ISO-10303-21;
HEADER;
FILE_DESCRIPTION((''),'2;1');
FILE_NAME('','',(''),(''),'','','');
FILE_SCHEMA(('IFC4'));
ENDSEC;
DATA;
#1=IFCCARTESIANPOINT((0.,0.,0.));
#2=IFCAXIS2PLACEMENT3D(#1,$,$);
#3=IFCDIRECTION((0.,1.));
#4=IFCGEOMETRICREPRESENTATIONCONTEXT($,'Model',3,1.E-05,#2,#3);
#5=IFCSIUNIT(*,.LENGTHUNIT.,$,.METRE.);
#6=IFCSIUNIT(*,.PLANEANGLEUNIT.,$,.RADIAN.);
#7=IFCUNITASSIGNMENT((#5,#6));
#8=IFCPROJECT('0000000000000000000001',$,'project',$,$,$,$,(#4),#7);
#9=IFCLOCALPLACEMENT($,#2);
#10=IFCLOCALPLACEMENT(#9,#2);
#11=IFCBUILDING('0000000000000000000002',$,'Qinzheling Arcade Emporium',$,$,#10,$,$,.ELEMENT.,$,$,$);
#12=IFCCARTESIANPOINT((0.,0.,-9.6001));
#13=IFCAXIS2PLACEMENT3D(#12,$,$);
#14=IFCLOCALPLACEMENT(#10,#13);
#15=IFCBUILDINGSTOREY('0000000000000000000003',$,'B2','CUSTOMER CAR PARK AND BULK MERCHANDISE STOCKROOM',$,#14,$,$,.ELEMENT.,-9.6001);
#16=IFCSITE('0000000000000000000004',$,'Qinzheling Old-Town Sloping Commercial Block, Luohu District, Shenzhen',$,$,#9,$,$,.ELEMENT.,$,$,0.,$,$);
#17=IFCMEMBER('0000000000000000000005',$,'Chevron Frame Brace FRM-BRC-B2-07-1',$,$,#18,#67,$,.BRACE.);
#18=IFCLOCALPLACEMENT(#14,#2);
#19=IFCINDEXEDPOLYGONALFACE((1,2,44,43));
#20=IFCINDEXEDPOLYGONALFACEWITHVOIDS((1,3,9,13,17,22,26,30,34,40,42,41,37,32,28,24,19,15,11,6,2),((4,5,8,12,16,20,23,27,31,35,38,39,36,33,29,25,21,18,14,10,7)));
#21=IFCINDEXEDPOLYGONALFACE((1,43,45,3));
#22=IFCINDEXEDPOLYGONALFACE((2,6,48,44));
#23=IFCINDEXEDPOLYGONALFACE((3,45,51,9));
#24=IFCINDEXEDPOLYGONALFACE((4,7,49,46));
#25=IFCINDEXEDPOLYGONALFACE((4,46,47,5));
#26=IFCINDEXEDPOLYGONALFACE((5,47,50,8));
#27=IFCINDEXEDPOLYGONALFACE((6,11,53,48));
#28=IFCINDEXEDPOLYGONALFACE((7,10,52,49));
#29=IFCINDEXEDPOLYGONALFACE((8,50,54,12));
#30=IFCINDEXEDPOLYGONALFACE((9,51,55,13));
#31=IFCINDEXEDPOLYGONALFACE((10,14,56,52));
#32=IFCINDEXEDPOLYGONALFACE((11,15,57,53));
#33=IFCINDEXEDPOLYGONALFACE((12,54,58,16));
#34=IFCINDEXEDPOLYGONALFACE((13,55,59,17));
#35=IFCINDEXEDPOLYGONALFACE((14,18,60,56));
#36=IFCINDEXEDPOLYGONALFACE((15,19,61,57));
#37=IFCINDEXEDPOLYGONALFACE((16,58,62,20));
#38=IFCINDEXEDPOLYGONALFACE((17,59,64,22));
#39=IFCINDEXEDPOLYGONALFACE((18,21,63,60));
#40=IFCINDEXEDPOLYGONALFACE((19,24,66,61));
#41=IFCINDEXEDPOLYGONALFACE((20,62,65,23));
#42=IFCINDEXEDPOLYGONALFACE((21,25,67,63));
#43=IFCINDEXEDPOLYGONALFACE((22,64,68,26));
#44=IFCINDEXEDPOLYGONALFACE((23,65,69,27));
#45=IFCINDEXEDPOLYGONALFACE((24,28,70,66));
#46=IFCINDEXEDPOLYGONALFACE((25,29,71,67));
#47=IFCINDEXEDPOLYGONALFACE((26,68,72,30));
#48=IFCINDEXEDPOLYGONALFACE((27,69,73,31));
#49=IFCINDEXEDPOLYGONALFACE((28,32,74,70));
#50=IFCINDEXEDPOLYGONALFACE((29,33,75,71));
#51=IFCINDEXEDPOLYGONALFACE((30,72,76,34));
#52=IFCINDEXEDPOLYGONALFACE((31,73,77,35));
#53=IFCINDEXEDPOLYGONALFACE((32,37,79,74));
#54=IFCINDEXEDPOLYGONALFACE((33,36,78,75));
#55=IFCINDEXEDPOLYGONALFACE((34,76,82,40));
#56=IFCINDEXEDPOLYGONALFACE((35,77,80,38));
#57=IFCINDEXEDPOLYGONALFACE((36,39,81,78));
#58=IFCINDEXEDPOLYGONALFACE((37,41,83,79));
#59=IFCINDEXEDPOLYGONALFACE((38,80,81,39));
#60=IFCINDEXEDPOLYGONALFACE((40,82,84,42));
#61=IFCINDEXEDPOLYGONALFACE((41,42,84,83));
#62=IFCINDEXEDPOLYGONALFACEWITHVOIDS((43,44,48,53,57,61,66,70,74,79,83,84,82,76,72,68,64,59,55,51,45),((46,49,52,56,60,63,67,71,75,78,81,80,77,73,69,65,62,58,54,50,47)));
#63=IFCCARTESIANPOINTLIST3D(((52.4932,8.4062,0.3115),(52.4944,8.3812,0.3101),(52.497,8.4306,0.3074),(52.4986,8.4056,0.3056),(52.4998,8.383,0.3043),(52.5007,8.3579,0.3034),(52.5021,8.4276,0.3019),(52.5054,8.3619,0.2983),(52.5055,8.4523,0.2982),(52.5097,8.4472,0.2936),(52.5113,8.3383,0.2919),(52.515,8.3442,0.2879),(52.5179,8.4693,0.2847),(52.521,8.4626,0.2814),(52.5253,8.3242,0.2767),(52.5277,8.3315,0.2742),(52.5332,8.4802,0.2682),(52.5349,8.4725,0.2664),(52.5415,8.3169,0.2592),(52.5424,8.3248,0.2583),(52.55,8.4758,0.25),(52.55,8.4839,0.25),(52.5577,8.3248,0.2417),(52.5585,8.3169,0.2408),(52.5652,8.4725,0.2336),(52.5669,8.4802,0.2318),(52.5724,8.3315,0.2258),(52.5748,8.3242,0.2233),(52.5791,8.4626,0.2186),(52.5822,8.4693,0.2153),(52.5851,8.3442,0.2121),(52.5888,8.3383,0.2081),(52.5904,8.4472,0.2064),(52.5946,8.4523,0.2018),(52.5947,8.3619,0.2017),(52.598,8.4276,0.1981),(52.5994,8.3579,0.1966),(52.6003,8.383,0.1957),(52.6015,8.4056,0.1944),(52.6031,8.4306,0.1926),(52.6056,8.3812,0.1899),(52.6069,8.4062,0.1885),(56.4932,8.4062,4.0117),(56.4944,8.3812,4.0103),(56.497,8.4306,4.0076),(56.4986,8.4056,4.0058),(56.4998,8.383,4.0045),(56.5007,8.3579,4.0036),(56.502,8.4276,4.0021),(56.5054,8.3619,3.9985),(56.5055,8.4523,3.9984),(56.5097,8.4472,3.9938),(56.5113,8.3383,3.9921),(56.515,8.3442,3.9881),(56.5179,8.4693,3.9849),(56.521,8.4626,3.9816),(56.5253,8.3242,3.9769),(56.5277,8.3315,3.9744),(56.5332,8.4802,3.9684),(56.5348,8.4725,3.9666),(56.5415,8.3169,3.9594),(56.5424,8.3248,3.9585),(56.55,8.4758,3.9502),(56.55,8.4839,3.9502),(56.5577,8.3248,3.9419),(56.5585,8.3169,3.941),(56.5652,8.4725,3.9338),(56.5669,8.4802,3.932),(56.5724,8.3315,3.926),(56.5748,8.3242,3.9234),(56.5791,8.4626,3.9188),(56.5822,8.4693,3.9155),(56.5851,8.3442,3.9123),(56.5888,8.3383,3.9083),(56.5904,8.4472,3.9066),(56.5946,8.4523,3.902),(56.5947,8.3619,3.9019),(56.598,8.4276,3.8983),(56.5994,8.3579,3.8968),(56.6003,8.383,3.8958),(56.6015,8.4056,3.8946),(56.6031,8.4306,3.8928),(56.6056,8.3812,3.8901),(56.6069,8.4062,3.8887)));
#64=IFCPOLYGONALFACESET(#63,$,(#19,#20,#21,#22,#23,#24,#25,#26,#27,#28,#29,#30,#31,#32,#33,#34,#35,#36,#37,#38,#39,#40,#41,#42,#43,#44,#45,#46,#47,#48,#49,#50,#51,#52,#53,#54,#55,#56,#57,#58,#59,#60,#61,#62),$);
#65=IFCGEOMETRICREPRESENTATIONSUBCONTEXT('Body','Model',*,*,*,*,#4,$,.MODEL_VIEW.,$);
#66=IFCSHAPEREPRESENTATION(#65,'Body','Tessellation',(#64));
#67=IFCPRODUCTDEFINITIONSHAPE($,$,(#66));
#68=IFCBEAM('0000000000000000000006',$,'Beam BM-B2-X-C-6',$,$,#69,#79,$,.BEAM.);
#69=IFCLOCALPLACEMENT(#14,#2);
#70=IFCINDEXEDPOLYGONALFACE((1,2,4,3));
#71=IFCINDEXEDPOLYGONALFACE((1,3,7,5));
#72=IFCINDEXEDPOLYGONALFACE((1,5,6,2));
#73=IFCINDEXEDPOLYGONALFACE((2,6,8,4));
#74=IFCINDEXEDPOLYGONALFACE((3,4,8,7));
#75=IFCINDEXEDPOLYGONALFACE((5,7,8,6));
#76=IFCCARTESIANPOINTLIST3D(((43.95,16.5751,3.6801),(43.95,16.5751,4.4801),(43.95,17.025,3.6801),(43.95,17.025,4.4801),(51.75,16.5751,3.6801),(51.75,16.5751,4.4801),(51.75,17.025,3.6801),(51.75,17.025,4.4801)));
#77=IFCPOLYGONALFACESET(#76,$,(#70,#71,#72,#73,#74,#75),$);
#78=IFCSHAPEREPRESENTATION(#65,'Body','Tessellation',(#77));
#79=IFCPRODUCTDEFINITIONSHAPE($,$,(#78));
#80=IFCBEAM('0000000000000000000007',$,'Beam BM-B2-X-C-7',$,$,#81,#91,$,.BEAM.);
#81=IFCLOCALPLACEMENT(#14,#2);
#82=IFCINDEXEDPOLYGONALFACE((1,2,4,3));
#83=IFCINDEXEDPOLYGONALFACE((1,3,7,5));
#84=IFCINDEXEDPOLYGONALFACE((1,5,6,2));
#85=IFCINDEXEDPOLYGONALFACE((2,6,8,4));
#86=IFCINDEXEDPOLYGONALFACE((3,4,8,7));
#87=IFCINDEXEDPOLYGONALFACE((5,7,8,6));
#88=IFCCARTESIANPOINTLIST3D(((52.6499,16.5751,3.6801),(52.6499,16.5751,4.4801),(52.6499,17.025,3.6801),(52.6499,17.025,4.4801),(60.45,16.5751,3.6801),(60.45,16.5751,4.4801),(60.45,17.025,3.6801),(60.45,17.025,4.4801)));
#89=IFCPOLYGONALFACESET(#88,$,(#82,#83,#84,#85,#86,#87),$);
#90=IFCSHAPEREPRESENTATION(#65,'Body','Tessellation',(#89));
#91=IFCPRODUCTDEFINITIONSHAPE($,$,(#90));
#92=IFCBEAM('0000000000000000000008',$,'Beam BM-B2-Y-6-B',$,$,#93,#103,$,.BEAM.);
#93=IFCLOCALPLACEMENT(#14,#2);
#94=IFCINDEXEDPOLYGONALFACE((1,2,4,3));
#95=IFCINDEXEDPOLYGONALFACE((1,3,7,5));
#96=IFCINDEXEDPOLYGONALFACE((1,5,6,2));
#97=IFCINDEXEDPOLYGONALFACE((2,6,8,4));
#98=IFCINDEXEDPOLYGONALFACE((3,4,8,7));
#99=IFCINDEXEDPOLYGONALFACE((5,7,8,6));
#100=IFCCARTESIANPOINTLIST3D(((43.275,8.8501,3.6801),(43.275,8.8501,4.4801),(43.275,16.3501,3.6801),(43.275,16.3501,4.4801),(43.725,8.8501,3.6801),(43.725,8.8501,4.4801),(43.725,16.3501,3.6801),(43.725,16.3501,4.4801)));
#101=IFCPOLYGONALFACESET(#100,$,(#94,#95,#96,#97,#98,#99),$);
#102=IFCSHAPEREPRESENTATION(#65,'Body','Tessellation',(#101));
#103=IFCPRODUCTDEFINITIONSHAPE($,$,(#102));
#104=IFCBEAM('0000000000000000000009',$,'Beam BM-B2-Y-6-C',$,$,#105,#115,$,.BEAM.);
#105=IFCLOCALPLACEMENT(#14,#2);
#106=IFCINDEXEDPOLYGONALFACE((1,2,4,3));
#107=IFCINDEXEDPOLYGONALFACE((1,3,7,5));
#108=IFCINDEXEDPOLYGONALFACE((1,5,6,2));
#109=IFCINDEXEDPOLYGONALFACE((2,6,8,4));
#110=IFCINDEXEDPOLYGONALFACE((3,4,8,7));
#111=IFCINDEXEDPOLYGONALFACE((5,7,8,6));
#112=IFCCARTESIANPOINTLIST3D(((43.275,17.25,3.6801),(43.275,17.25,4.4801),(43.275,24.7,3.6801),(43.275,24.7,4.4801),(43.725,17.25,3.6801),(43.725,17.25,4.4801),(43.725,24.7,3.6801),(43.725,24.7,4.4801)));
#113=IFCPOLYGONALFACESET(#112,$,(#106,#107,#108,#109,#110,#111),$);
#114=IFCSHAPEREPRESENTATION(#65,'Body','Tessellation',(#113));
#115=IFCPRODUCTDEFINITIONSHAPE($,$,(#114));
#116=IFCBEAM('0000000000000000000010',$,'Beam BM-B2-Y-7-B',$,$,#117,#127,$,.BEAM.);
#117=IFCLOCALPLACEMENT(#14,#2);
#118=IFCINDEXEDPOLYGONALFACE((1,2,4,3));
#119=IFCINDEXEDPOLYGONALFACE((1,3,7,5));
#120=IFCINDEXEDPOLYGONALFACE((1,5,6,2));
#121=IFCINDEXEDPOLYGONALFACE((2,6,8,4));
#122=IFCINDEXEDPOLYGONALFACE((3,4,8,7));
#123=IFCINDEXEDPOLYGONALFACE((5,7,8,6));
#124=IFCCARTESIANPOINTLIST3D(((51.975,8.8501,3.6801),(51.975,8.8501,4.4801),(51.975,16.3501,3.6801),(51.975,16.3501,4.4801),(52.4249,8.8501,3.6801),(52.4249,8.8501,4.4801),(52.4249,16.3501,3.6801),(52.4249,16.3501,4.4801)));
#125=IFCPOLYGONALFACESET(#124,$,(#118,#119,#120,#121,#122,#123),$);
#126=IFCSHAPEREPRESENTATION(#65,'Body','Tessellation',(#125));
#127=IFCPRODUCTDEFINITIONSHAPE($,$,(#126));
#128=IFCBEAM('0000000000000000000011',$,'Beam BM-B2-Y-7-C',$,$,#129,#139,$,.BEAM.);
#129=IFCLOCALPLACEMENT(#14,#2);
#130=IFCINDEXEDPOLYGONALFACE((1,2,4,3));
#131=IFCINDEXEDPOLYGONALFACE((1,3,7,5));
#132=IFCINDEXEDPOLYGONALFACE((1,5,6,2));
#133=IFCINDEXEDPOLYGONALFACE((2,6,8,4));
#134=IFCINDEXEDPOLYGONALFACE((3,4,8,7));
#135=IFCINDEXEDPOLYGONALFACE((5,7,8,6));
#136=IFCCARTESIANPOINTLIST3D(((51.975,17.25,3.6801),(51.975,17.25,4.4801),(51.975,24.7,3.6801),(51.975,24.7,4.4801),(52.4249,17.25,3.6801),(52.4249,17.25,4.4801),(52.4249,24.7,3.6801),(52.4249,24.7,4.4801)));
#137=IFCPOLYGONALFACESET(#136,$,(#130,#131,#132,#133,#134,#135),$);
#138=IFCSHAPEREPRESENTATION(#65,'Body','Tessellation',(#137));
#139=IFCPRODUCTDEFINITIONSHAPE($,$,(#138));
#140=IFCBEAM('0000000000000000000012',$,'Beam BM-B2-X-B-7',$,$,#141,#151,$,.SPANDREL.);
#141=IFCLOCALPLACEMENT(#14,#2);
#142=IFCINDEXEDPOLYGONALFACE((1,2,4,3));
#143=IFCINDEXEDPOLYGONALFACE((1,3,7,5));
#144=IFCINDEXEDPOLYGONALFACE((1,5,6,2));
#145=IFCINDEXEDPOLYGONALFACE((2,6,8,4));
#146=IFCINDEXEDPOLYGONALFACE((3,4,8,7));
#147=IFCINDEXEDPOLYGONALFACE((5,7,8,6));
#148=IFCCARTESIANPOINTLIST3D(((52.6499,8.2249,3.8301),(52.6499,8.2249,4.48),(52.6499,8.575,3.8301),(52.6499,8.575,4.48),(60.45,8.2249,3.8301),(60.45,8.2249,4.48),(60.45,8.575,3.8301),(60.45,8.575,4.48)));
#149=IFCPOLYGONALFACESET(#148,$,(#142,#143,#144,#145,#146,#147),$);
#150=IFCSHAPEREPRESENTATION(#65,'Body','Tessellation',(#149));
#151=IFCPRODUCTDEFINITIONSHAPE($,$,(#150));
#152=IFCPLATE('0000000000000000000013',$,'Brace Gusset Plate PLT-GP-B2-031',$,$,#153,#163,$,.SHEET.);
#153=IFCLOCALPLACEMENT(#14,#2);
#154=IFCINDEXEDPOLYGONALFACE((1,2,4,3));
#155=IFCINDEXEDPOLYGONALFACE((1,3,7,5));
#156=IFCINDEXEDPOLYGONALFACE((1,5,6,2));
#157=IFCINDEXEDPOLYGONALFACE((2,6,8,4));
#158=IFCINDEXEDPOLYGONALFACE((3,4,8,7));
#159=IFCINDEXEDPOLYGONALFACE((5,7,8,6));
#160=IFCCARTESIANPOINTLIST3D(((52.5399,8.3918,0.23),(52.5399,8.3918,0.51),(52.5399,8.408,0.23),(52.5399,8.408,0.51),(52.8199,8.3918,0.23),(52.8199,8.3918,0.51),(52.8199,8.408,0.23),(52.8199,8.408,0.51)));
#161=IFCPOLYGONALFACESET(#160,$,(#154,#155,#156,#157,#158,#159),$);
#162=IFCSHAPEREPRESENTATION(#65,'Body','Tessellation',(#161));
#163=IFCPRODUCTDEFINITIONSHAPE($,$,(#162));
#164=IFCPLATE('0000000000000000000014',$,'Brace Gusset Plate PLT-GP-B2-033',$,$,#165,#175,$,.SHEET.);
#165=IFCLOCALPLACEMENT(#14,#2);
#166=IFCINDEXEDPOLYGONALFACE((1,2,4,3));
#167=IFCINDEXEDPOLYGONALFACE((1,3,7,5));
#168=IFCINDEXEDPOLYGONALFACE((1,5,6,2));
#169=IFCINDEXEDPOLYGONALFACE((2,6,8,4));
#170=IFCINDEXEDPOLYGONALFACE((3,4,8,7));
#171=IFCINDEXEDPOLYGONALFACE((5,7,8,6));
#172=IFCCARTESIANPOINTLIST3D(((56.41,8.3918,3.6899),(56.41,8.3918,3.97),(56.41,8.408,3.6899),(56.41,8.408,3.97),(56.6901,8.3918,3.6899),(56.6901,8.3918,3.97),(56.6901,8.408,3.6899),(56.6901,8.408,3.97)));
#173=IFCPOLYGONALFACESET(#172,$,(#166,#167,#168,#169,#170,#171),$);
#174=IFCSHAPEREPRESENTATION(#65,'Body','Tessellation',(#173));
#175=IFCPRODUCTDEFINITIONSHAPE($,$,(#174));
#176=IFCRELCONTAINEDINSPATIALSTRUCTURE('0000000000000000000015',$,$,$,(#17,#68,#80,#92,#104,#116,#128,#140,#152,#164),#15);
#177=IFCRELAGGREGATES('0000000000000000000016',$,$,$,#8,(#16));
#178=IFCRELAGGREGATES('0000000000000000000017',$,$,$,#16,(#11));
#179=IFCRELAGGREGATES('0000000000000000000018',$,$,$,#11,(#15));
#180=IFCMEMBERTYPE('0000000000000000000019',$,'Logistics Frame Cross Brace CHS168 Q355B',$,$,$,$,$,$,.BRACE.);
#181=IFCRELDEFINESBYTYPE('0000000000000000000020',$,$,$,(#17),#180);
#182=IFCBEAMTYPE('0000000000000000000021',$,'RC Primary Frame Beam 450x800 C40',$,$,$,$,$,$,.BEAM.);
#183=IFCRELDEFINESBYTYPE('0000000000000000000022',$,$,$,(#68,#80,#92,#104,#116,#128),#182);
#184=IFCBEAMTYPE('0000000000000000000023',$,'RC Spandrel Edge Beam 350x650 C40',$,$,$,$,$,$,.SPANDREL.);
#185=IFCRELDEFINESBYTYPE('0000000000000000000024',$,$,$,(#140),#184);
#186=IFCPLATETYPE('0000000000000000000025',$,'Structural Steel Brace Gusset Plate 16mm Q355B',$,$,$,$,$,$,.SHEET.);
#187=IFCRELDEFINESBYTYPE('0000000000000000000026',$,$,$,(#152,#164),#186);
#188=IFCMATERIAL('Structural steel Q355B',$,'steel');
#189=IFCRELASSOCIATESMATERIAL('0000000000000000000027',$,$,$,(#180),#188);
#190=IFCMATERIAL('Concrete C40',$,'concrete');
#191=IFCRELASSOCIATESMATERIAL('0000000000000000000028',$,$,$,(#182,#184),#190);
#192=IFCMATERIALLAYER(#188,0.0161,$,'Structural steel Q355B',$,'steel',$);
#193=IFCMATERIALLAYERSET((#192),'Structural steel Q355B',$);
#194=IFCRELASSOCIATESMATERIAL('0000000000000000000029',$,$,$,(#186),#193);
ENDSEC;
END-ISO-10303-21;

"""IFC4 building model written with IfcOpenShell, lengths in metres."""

from ifc_helpers import new_model, si_unit, direction, frame, origin, origin_2d, place, context, subcontext, project, spatial, rectangle, hollow_circle, extrude, material, layer, layer_set, material_profile, profile_set, type_object, element, save


model = new_model("IFC4")

# Units and contexts
model_context = context("Model", 3, precision=1e-05, world=origin(), true_north=direction((0.0, 1.0)))
body_context = subcontext(model_context, "Body", "Model", "MODEL_VIEW")
ifc_project = project(units=[si_unit("LENGTHUNIT", "METRE"), si_unit("PLANEANGLEUNIT", "RADIAN")], contexts=[model_context])

# Site, building, storey
site_placement = place(None, origin())
site = spatial("IfcSite", under=ifc_project, at=site_placement, Name="Qinzheling Old-Town Sloping Commercial Block, Luohu District, Shenzhen", CompositionType="ELEMENT", RefElevation=0.0)
building_placement = place(site_placement, origin())
building = spatial("IfcBuilding", under=site, at=building_placement, Name="Qinzheling Arcade Emporium", CompositionType="ELEMENT")
storey_placement = place(building_placement, frame((0.0, 0.0, -9.6001)))
storey = spatial("IfcBuildingStorey", under=building, at=storey_placement, Name="B2", Description="CUSTOMER CAR PARK AND BULK MERCHANDISE STOCKROOM", CompositionType="ELEMENT", Elevation=-9.6001)

# Shared definitions
ifc_material_1 = material(Name="Concrete C40", Category="concrete")

# Member
ifc_material_2 = material(Name="Structural steel Q355B", Category="steel")
ifc_material_profile_1 = material_profile(ifc_material_2, hollow_circle(Radius=0.084, WallThickness=0.0081, at=origin_2d()), Name="CHS 168x8", Category="steel")
ifc_profile_set_1 = profile_set([ifc_material_profile_1], Name="Structural steel Q355B")
member_type = type_object("IfcMemberType", Name="Logistics Frame Cross Brace CHS168 Q355B", PredefinedType="BRACE", material=ifc_profile_set_1)
member_placement = place(storey_placement, frame((52.55, 8.3999, 0.25), z_axis=(0.734082, 0.0, 0.679061), x_axis=(0.0, 1.0, 0.0)))
element("IfcMember", 1, at=member_placement, inside=storey, type_object=member_type, Name="Chevron Frame Brace FRM-BRC-B2-07-1", PredefinedType="BRACE", context=body_context, shape_type="SweptSolid", body=[
    extrude(hollow_circle(Radius=0.084, WallThickness=0.0081, at=origin_2d()), origin(), (0.0, 0.0, 1.0), 5.449),
])

# Beams
ifc_material_profile_2 = material_profile(ifc_material_1, rectangle(XDim=0.45, YDim=0.8, at=origin_2d()), Name="RC 450x800", Category="concrete")
ifc_profile_set_2 = profile_set([ifc_material_profile_2], Name="Concrete C40")
beam_type_1 = type_object("IfcBeamType", Name="RC Primary Frame Beam 450x800 C40", PredefinedType="BEAM", material=ifc_profile_set_2)
for number, where, z_axis, x_axis, name in (
    (2, (43.95, 16.8, 4.0801), (1.0, 0.0, 0.0), (0.0, 1.0, 0.0), "Beam BM-B2-X-C-6"),
    (3, (52.6499, 16.8, 4.0801), (1.0, 0.0, 0.0), (0.0, 1.0, 0.0), "Beam BM-B2-X-C-7"),
):
    element("IfcBeam", number, at=place(storey_placement, frame(where, z_axis=z_axis, x_axis=x_axis)), inside=storey, type_object=beam_type_1, Name=name, PredefinedType="BEAM", context=body_context, shape_type="SweptSolid", body=[
        extrude(rectangle(XDim=0.45, YDim=0.8, at=origin_2d()), origin(), (0.0, 0.0, 1.0), 7.8),
    ])
beam_1_placement = place(storey_placement, frame((43.5, 8.8501, 4.0801), z_axis=(0.0, 1.0, 0.0), x_axis=(-1.0, 0.0, 0.0)))
element("IfcBeam", 4, at=beam_1_placement, inside=storey, type_object=beam_type_1, Name="Beam BM-B2-Y-6-B", PredefinedType="BEAM", context=body_context, shape_type="SweptSolid", body=[
    extrude(rectangle(XDim=0.45, YDim=0.8, at=origin_2d()), origin(), (0.0, 0.0, 1.0), 7.5),
])
beam_2_placement = place(storey_placement, frame((43.5, 17.25, 4.0801), z_axis=(0.0, 1.0, 0.0), x_axis=(-1.0, 0.0, 0.0)))
element("IfcBeam", 5, at=beam_2_placement, inside=storey, type_object=beam_type_1, Name="Beam BM-B2-Y-6-C", PredefinedType="BEAM", context=body_context, shape_type="SweptSolid", body=[
    extrude(rectangle(XDim=0.45, YDim=0.8, at=origin_2d()), origin(), (0.0, 0.0, 1.0), 7.45),
])
beam_3_placement = place(storey_placement, frame((52.2, 8.8501, 4.0801), z_axis=(0.0, 1.0, 0.0), x_axis=(-1.0, 0.0, 0.0)))
element("IfcBeam", 6, at=beam_3_placement, inside=storey, type_object=beam_type_1, Name="Beam BM-B2-Y-7-B", PredefinedType="BEAM", context=body_context, shape_type="SweptSolid", body=[
    extrude(rectangle(XDim=0.45, YDim=0.8, at=origin_2d()), origin(), (0.0, 0.0, 1.0), 7.5),
])
beam_4_placement = place(storey_placement, frame((52.2, 17.25, 4.0801), z_axis=(0.0, 1.0, 0.0), x_axis=(-1.0, 0.0, 0.0)))
element("IfcBeam", 7, at=beam_4_placement, inside=storey, type_object=beam_type_1, Name="Beam BM-B2-Y-7-C", PredefinedType="BEAM", context=body_context, shape_type="SweptSolid", body=[
    extrude(rectangle(XDim=0.45, YDim=0.8, at=origin_2d()), origin(), (0.0, 0.0, 1.0), 7.45),
])
ifc_material_profile_3 = material_profile(ifc_material_1, rectangle(XDim=0.3501, YDim=0.6499, at=origin_2d()), Name="RC 350x650", Category="concrete")
ifc_profile_set_3 = profile_set([ifc_material_profile_3], Name="Concrete C40")
beam_type_2 = type_object("IfcBeamType", Name="RC Spandrel Edge Beam 350x650 C40", PredefinedType="SPANDREL", material=ifc_profile_set_3)
beam_5_placement = place(storey_placement, frame((52.6499, 8.3999, 4.155), z_axis=(1.0, 0.0, 0.0), x_axis=(0.0, 1.0, 0.0)))
element("IfcBeam", 8, at=beam_5_placement, inside=storey, type_object=beam_type_2, Name="Beam BM-B2-X-B-7", PredefinedType="SPANDREL", context=body_context, shape_type="SweptSolid", body=[
    extrude(rectangle(XDim=0.3501, YDim=0.6499, at=origin_2d()), origin(), (0.0, 0.0, 1.0), 7.8),
])

# Plates
ifc_layer = layer(ifc_material_2, 0.0161, Name="Structural steel Q355B", Category="steel")
ifc_layer_set = layer_set([ifc_layer], Name="Structural steel Q355B")
plate_type = type_object("IfcPlateType", Name="Structural Steel Brace Gusset Plate 16mm Q355B", PredefinedType="SHEET", material=ifc_layer_set)
for number, where, z_axis, x_axis, name in (
    (9, (52.6799, 8.3999, 0.23), (0.0, 0.0, 1.0), (1.0, 0.0, 0.0), "Brace Gusset Plate PLT-GP-B2-031"),
    (10, (56.55, 8.3999, 3.6899), (0.0, 0.0, 1.0), (1.0, 0.0, 0.0), "Brace Gusset Plate PLT-GP-B2-033"),
):
    element("IfcPlate", number, at=place(storey_placement, frame(where, z_axis=z_axis, x_axis=x_axis)), inside=storey, type_object=plate_type, Name=name, PredefinedType="SHEET", context=body_context, shape_type="SweptSolid", body=[
        extrude(rectangle(XDim=0.28, YDim=0.0161, at=origin_2d()), origin(), (0.0, 0.0, 1.0), 0.28),
    ])

save(model, "model.ifc")
